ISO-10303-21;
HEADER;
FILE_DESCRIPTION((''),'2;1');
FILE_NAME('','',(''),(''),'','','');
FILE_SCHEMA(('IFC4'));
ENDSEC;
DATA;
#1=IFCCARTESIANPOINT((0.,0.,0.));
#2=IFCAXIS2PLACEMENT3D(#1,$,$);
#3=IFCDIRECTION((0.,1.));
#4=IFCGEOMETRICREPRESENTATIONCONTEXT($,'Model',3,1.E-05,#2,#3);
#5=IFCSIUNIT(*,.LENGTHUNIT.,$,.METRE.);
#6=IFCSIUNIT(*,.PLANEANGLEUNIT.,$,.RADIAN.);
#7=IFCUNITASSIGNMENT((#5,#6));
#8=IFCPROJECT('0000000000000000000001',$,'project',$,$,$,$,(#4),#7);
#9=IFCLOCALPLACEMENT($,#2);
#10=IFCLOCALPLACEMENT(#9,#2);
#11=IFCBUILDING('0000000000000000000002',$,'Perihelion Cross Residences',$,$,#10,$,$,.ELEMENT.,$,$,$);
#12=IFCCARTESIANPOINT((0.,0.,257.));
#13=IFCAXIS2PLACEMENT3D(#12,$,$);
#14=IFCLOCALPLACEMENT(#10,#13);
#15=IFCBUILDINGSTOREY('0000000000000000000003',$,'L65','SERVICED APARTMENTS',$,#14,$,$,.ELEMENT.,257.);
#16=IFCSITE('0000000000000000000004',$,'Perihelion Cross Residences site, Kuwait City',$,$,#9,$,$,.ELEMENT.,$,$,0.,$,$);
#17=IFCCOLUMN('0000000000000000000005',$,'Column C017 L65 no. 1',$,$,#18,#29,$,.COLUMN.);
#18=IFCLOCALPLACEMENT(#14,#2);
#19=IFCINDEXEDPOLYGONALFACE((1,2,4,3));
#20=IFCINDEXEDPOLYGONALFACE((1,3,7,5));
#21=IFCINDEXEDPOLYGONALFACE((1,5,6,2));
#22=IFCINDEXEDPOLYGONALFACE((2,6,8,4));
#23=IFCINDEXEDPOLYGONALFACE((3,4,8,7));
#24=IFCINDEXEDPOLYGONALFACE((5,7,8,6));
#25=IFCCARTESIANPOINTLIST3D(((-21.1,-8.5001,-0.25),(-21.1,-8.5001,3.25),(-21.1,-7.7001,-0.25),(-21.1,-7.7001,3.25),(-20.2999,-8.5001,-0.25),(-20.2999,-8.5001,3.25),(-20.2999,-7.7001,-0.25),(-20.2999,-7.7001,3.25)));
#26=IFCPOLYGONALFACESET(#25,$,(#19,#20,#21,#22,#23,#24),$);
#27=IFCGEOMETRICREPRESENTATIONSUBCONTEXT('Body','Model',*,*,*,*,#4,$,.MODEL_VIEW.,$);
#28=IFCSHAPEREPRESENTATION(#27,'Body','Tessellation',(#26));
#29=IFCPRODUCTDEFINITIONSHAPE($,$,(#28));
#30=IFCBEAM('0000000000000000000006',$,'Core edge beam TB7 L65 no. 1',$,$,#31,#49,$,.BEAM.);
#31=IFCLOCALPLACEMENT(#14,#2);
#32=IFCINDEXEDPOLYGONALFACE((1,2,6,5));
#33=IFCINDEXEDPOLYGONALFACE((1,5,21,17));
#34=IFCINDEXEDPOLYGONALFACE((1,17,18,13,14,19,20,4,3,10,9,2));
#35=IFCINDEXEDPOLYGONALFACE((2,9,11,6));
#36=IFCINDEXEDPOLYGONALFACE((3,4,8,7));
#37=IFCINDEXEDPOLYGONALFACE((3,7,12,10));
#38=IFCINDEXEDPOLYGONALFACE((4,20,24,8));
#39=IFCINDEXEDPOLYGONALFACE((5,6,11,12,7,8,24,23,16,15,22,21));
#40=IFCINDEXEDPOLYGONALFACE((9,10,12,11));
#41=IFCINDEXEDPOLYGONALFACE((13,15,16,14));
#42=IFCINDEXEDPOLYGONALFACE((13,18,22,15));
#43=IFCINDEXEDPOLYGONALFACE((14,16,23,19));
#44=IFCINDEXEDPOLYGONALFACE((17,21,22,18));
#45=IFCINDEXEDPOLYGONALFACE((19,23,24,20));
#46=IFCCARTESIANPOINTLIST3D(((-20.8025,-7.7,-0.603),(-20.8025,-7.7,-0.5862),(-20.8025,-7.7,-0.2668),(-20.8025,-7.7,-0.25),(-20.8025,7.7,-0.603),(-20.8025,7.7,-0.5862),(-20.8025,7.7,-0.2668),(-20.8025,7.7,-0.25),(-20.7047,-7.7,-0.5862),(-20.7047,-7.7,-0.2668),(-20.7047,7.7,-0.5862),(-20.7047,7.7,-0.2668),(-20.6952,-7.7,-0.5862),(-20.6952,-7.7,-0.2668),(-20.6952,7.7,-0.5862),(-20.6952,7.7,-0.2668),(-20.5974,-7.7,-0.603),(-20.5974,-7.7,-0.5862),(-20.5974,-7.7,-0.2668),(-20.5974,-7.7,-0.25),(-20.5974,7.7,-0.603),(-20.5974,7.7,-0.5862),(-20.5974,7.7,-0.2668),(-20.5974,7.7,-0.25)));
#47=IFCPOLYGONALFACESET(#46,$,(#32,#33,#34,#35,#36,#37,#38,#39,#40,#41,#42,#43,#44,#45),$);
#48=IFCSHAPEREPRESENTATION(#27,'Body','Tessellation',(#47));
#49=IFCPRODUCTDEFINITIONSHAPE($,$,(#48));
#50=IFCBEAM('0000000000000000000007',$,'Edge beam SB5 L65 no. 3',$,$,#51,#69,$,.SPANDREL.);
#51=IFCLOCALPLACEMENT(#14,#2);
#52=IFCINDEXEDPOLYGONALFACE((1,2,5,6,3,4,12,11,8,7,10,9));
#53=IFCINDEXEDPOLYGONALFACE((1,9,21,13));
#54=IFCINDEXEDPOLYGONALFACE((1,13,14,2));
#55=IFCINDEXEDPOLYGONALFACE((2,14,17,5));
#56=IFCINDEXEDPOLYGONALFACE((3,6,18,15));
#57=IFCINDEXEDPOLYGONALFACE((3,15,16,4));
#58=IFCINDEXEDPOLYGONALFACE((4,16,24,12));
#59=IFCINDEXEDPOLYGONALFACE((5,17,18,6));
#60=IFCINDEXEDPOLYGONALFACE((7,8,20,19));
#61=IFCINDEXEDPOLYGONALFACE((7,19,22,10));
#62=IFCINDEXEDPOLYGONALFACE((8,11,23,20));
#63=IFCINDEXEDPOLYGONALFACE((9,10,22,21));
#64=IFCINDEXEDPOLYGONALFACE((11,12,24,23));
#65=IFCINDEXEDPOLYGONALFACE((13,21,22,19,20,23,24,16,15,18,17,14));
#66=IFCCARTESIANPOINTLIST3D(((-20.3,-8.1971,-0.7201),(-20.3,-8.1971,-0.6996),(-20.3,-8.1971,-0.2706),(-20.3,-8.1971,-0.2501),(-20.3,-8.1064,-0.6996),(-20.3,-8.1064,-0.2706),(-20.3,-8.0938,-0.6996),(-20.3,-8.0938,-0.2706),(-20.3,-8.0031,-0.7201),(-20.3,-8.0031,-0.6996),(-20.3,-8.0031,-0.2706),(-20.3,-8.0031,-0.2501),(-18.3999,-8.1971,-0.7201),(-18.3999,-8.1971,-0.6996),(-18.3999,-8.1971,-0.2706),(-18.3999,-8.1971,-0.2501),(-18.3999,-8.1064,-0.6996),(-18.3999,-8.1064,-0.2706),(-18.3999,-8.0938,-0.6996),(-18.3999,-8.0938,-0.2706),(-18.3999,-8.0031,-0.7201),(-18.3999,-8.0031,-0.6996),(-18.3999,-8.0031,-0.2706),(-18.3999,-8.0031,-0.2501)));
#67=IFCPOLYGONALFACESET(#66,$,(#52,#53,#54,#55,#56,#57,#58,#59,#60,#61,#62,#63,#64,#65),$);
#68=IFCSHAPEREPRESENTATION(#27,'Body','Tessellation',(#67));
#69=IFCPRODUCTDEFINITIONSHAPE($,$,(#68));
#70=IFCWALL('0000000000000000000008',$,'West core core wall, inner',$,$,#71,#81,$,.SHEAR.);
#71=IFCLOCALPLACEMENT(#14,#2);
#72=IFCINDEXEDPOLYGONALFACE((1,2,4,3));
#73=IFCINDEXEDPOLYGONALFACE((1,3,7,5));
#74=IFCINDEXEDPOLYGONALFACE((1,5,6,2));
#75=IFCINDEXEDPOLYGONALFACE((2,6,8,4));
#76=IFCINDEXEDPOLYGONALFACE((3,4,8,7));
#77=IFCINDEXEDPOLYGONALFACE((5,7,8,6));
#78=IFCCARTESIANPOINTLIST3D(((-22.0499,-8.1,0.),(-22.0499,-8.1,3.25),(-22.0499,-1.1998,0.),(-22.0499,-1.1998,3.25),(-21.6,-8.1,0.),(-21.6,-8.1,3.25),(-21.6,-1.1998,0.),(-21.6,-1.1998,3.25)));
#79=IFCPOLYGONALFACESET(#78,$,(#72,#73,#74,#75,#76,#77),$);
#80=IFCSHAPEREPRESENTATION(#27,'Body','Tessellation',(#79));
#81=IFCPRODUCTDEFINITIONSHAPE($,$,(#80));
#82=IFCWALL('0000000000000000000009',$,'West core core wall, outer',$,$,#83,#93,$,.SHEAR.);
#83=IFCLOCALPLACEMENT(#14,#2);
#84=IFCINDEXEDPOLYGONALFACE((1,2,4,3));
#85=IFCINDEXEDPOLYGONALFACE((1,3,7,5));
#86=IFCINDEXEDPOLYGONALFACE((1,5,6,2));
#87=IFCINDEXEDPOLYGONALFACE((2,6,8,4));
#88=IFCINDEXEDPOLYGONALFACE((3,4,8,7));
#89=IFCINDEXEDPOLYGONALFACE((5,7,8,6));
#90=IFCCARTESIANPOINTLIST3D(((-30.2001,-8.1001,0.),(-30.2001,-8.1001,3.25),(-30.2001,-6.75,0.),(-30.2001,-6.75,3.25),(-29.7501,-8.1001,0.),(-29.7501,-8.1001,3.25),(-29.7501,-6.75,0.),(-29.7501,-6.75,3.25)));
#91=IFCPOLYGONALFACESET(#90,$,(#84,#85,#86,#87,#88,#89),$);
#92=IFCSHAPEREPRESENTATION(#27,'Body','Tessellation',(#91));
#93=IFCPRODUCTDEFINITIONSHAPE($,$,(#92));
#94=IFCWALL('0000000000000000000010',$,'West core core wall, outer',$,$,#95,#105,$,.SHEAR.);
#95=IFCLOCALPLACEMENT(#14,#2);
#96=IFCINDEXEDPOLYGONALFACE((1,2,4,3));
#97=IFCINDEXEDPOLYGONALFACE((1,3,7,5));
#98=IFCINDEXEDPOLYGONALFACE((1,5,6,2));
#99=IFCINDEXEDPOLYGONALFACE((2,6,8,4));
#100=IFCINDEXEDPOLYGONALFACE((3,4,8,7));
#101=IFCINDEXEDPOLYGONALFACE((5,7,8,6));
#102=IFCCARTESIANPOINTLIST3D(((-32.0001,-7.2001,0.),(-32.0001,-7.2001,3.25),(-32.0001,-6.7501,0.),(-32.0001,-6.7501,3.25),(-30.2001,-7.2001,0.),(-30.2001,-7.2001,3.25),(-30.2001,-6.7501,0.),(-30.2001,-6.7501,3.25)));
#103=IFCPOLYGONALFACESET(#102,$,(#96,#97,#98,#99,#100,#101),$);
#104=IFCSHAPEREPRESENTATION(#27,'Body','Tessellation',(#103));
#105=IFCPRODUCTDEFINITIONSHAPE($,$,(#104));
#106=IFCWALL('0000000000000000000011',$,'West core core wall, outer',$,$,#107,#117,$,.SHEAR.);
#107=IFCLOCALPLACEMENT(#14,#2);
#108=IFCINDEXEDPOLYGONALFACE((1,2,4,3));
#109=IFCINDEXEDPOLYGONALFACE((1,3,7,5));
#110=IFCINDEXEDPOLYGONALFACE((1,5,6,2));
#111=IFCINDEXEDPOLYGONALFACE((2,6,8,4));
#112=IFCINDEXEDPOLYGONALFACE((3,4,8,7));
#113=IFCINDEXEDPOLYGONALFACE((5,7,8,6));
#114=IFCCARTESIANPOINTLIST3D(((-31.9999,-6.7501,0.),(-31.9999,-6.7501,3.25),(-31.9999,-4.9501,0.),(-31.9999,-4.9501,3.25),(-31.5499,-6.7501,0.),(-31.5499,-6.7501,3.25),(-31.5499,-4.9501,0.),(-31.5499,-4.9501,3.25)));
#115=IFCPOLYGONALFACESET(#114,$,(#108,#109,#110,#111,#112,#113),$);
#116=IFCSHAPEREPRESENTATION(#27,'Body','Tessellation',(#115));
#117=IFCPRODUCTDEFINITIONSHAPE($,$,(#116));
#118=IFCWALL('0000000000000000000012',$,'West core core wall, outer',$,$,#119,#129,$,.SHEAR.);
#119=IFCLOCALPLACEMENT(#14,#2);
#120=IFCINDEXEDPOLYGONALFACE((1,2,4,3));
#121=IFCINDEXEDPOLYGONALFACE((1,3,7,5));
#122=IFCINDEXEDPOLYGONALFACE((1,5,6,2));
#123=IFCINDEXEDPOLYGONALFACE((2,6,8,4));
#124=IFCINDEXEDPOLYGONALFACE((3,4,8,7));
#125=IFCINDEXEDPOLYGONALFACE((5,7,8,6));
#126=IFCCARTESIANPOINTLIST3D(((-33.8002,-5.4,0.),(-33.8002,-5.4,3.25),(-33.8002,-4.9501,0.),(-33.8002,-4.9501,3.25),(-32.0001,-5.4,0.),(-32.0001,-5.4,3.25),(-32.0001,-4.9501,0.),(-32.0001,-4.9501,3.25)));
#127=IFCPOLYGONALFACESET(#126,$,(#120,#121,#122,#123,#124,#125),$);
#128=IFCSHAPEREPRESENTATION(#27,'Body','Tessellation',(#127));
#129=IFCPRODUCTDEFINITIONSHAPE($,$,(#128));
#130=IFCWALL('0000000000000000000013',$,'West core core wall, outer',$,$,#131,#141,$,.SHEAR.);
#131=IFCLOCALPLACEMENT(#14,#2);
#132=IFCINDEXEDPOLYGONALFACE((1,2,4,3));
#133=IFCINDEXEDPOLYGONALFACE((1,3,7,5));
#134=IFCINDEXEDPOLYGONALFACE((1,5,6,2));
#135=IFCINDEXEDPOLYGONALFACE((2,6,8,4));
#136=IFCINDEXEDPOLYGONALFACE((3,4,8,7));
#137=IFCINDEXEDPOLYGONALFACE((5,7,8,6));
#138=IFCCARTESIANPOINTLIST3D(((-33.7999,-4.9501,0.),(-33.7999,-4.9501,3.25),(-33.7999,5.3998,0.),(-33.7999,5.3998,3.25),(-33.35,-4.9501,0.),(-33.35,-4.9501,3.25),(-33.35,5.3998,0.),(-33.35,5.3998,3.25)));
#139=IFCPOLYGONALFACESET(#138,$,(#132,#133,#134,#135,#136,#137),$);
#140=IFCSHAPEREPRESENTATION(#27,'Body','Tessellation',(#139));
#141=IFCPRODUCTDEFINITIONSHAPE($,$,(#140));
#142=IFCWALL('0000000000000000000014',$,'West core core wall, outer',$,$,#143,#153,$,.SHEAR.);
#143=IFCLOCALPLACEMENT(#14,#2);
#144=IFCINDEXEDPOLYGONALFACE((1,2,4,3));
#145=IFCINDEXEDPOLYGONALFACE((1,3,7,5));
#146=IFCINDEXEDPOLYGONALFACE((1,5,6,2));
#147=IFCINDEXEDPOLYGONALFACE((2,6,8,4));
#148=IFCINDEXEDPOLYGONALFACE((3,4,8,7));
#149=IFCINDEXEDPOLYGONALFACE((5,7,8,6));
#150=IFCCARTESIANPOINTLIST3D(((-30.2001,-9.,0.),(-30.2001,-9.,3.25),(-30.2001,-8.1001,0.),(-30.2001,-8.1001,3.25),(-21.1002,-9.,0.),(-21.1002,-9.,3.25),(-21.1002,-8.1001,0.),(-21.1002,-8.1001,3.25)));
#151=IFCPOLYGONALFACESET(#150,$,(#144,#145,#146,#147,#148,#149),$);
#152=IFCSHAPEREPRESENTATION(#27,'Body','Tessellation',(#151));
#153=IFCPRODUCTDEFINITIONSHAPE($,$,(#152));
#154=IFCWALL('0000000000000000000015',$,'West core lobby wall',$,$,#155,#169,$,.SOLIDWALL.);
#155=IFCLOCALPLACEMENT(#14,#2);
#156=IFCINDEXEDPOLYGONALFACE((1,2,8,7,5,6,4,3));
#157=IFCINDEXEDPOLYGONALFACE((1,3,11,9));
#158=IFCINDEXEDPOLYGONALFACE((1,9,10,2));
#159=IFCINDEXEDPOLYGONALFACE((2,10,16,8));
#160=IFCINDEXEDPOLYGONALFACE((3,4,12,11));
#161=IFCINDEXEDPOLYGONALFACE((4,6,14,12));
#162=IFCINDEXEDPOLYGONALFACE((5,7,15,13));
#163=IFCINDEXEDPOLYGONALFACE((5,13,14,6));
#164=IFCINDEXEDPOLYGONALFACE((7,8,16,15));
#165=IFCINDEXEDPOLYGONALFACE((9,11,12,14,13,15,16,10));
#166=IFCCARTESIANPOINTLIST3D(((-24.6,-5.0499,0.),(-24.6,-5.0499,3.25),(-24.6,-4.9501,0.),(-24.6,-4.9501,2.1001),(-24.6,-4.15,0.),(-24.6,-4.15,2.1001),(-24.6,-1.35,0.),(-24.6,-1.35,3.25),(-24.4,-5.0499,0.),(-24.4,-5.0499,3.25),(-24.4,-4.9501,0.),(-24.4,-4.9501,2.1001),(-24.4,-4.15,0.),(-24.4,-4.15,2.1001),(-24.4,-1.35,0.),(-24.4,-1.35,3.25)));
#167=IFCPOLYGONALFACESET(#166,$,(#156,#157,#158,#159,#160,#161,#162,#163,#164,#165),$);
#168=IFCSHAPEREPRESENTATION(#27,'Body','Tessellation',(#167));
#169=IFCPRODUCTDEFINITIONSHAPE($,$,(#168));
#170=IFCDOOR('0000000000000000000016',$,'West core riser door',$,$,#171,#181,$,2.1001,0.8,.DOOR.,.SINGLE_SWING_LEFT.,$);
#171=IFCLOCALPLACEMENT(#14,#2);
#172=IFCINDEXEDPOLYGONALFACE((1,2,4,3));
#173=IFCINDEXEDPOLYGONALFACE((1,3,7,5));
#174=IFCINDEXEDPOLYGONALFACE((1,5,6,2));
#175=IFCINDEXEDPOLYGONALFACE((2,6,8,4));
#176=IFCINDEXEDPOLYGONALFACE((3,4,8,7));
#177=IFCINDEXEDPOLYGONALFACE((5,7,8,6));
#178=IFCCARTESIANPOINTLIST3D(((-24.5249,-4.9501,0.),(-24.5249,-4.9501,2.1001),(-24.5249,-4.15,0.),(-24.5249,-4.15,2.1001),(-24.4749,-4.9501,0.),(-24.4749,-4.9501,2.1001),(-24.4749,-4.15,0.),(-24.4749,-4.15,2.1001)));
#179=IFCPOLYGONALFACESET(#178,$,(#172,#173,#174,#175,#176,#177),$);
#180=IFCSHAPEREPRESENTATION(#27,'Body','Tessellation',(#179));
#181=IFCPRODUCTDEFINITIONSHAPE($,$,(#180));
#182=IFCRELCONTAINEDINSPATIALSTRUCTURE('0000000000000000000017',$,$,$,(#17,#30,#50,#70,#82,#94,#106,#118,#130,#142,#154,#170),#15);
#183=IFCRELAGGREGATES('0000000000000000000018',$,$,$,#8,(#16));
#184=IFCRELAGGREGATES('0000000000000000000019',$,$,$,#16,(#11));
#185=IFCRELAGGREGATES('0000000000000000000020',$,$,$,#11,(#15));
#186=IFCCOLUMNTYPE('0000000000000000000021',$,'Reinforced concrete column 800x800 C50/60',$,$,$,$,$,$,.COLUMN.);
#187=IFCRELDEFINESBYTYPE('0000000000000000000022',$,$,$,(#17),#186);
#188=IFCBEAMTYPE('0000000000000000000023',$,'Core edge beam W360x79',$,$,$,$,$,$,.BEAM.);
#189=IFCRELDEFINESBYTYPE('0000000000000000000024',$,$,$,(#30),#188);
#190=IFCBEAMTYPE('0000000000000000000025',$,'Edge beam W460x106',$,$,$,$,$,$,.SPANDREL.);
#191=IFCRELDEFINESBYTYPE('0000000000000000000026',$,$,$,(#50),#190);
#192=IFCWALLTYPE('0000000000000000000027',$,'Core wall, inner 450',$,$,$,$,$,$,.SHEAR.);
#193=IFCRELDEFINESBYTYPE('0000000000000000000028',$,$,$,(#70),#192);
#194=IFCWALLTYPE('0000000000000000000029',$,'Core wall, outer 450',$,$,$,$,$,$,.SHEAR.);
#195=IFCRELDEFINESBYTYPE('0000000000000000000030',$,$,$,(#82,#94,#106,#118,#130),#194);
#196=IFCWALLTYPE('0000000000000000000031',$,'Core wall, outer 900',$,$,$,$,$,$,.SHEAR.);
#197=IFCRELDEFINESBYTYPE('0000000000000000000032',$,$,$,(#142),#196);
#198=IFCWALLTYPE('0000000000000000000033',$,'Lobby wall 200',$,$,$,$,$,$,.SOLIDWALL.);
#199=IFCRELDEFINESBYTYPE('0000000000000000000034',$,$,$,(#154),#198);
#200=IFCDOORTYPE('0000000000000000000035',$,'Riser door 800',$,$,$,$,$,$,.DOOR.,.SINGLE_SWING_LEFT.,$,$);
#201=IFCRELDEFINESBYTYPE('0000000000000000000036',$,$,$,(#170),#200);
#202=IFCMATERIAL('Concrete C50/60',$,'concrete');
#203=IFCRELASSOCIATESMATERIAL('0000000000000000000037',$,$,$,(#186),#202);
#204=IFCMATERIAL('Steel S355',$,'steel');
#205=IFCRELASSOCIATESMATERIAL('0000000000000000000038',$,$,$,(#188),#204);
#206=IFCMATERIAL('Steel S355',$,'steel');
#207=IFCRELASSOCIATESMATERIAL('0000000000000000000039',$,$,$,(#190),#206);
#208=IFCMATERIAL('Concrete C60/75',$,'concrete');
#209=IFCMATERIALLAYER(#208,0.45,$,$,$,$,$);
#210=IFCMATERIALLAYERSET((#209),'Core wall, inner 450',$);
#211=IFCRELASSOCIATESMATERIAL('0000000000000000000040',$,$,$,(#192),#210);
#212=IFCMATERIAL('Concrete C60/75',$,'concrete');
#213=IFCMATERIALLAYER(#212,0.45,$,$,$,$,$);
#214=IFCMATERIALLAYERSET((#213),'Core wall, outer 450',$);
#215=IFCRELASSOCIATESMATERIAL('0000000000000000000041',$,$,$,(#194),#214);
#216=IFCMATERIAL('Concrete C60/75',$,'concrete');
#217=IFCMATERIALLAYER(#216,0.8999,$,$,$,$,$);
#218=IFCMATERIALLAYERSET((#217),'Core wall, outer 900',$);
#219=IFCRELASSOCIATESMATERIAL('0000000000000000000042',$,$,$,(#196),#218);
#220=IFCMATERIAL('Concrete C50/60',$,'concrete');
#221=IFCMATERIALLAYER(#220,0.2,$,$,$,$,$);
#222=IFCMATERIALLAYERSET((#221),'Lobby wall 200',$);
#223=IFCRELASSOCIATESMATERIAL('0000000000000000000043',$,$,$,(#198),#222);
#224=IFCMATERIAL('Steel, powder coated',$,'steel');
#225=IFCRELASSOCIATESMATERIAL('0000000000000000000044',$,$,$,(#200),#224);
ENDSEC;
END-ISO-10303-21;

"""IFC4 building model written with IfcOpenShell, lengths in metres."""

from ifc_helpers import new_model, si_unit, direction, frame, frame_2d, origin, origin_2d, place, context, subcontext, project, spatial, rectangle, i_section, extrude, material, layer, layer_set, material_profile, profile_set, type_object, element, fill, save


model = new_model("IFC4")

# Units and contexts
model_context = context("Model", 3, precision=1e-05, world=origin(), true_north=direction((0.0, 1.0)))
body_context = subcontext(model_context, "Body", "Model", "MODEL_VIEW")
ifc_project = project(units=[si_unit("LENGTHUNIT", "METRE"), si_unit("PLANEANGLEUNIT", "RADIAN")], contexts=[model_context])

# Site, building, storey
site_placement = place(None, origin())
site = spatial("IfcSite", under=ifc_project, at=site_placement, Name="Perihelion Cross Residences site, Kuwait City", CompositionType="ELEMENT", RefElevation=0.0)
building_placement = place(site_placement, origin())
building = spatial("IfcBuilding", under=site, at=building_placement, Name="Perihelion Cross Residences", CompositionType="ELEMENT")
storey_placement = place(building_placement, frame((0.0, 0.0, 257.0)))
storey = spatial("IfcBuildingStorey", under=building, at=storey_placement, Name="L65", Description="SERVICED APARTMENTS", CompositionType="ELEMENT", Elevation=257.0)

# Column
ifc_material_1 = material(Name="Concrete C50/60", Category="concrete")
ifc_material_profile_1 = material_profile(ifc_material_1, rectangle(XDim=0.8, YDim=0.8, at=origin_2d()), Name="RC 800x800")
ifc_profile_set_1 = profile_set([ifc_material_profile_1], Name="Concrete C50/60")
column_type = type_object("IfcColumnType", Name="Reinforced concrete column 800x800 C50/60", PredefinedType="COLUMN", material=ifc_profile_set_1)
column_placement = place(storey_placement, frame((-20.7, -8.1001, -0.25), z_axis=(0.0, 0.0, 1.0), x_axis=(1.0, 0.0, 0.0)))
element("IfcColumn", 1, at=column_placement, inside=storey, type_object=column_type, Name="Column C017 L65 no. 1", PredefinedType="COLUMN", context=body_context, shape_type="SweptSolid", body=[
    extrude(rectangle(XDim=0.8, YDim=0.8, at=origin_2d()), origin(), (0.0, 0.0, 1.0), 3.5),
])

# Beams
ifc_material_2 = material(Name="Steel S355", Category="steel")
ifc_material_profile_2 = material_profile(ifc_material_2, i_section(OverallWidth=0.2051, OverallDepth=0.353, WebThickness=0.0095, FlangeThickness=0.0168, at=origin_2d()), Name="W360x79")
ifc_profile_set_2 = profile_set([ifc_material_profile_2], Name="Steel S355")
beam_type_1 = type_object("IfcBeamType", Name="Core edge beam W360x79", PredefinedType="BEAM", material=ifc_profile_set_2)
beam_1_placement = place(storey_placement, frame((-20.7, -7.7, -0.4265), z_axis=(0.0, 1.0, 0.0), x_axis=(-1.0, 0.0, 0.0)))
element("IfcBeam", 2, at=beam_1_placement, inside=storey, type_object=beam_type_1, Name="Core edge beam TB7 L65 no. 1", PredefinedType="BEAM", context=body_context, shape_type="SweptSolid", body=[
    extrude(i_section(OverallWidth=0.2051, OverallDepth=0.353, WebThickness=0.0095, FlangeThickness=0.0168, at=origin_2d()), origin(), (0.0, 0.0, 1.0), 15.3999),
])
ifc_material_3 = material(Name="Steel S355", Category="steel")
ifc_material_profile_3 = material_profile(ifc_material_3, i_section(OverallWidth=0.1941, OverallDepth=0.47, WebThickness=0.0127, FlangeThickness=0.0205, at=origin_2d()), Name="W460x106")
ifc_profile_set_3 = profile_set([ifc_material_profile_3], Name="Steel S355")
beam_type_2 = type_object("IfcBeamType", Name="Edge beam W460x106", PredefinedType="SPANDREL", material=ifc_profile_set_3)
beam_2_placement = place(storey_placement, frame((-20.3, -8.1001, -0.4851), z_axis=(1.0, 0.0, 0.0), x_axis=(0.0, 1.0, 0.0)))
element("IfcBeam", 3, at=beam_2_placement, inside=storey, type_object=beam_type_2, Name="Edge beam SB5 L65 no. 3", PredefinedType="SPANDREL", context=body_context, shape_type="SweptSolid", body=[
    extrude(i_section(OverallWidth=0.1941, OverallDepth=0.47, WebThickness=0.0127, FlangeThickness=0.0205, at=origin_2d()), origin(), (0.0, 0.0, 1.0), 1.9001),
])

# Walls
ifc_material_4 = material(Name="Concrete C60/75", Category="concrete")
ifc_layer_1 = layer(ifc_material_4, 0.45)
ifc_layer_set_1 = layer_set([ifc_layer_1], Name="Core wall, inner 450")
wall_type_1 = type_object("IfcWallType", Name="Core wall, inner 450", PredefinedType="SHEAR", material=ifc_layer_set_1)
wall_1_placement = place(storey_placement, frame((-21.825, -8.1001, 0.0), z_axis=(0.0, 0.0, 1.0), x_axis=(0.0, 1.0, 0.0)))
element("IfcWall", 4, at=wall_1_placement, inside=storey, type_object=wall_type_1, Name="West core core wall, inner", PredefinedType="SHEAR", context=body_context, shape_type="SweptSolid", body=[
    extrude(rectangle(XDim=6.9001, YDim=0.45, at=frame_2d((3.4502, 0.0))), origin(), (0.0, 0.0, 1.0), 3.25),
])
ifc_material_5 = material(Name="Concrete C60/75", Category="concrete")
ifc_layer_2 = layer(ifc_material_5, 0.45)
ifc_layer_set_2 = layer_set([ifc_layer_2], Name="Core wall, outer 450")
wall_type_2 = type_object("IfcWallType", Name="Core wall, outer 450", PredefinedType="SHEAR", material=ifc_layer_set_2)
wall_2_placement = place(storey_placement, frame((-29.9751, -8.1001, 0.0), z_axis=(0.0, 0.0, 1.0), x_axis=(0.0, 1.0, 0.0)))
element("IfcWall", 5, at=wall_2_placement, inside=storey, type_object=wall_type_2, Name="West core core wall, outer", PredefinedType="SHEAR", context=body_context, shape_type="SweptSolid", body=[
    extrude(rectangle(XDim=1.3501, YDim=0.45, at=frame_2d((0.675, 0.0))), origin(), (0.0, 0.0, 1.0), 3.25),
])
for number, where, z_axis, x_axis, name in (
    (6, (-32.0, -6.9751, 0.0), (0.0, 0.0, 1.0), (1.0, 0.0, 0.0), "West core core wall, outer"),
    (7, (-31.7749, -6.75, 0.0), (0.0, 0.0, 1.0), (0.0, 1.0, 0.0), "West core core wall, outer"),
    (8, (-33.8, -5.175, 0.0), (0.0, 0.0, 1.0), (1.0, 0.0, 0.0), "West core core wall, outer"),
):
    element("IfcWall", number, at=place(storey_placement, frame(where, z_axis=z_axis, x_axis=x_axis)), inside=storey, type_object=wall_type_2, Name=name, PredefinedType="SHEAR", context=body_context, shape_type="SweptSolid", body=[
        extrude(rectangle(XDim=1.8, YDim=0.45, at=frame_2d((0.8999, 0.0))), origin(), (0.0, 0.0, 1.0), 3.25),
    ])
wall_3_placement = place(storey_placement, frame((-33.575, -4.95, 0.0), z_axis=(0.0, 0.0, 1.0), x_axis=(0.0, 1.0, 0.0)))
element("IfcWall", 9, at=wall_3_placement, inside=storey, type_object=wall_type_2, Name="West core core wall, outer", PredefinedType="SHEAR", context=body_context, shape_type="SweptSolid", body=[
    extrude(rectangle(XDim=10.3499, YDim=0.45, at=frame_2d((5.1748, 0.0))), origin(), (0.0, 0.0, 1.0), 3.25),
])
ifc_material_6 = material(Name="Concrete C60/75", Category="concrete")
ifc_layer_3 = layer(ifc_material_6, 0.8999)
ifc_layer_set_3 = layer_set([ifc_layer_3], Name="Core wall, outer 900")
wall_type_3 = type_object("IfcWallType", Name="Core wall, outer 900", PredefinedType="SHEAR", material=ifc_layer_set_3)
wall_4_placement = place(storey_placement, frame((-30.2, -8.55, 0.0), z_axis=(0.0, 0.0, 1.0), x_axis=(1.0, 0.0, 0.0)))
element("IfcWall", 10, at=wall_4_placement, inside=storey, type_object=wall_type_3, Name="West core core wall, outer", PredefinedType="SHEAR", context=body_context, shape_type="SweptSolid", body=[
    extrude(rectangle(XDim=9.0999, YDim=0.8999, at=frame_2d((4.5498, 0.0))), origin(), (0.0, 0.0, 1.0), 3.25),
])

# Wall, opening, door
ifc_material_7 = material(Name="Concrete C50/60", Category="concrete")
ifc_layer_4 = layer(ifc_material_7, 0.2)
ifc_layer_set_4 = layer_set([ifc_layer_4], Name="Lobby wall 200")
wall_type_4 = type_object("IfcWallType", Name="Lobby wall 200", PredefinedType="SOLIDWALL", material=ifc_layer_set_4)
wall_5_placement = place(storey_placement, frame((-24.5, -5.05, 0.0), z_axis=(0.0, 0.0, 1.0), x_axis=(0.0, 1.0, 0.0)))
wall_5 = element("IfcWall", 11, at=wall_5_placement, inside=storey, type_object=wall_type_4, Name="West core lobby wall", PredefinedType="SOLIDWALL", context=body_context, shape_type="SweptSolid", body=[
    extrude(rectangle(XDim=3.7, YDim=0.2, at=frame_2d((1.8501, 0.0))), origin(), (0.0, 0.0, 1.0), 3.25),
])
opening_1_placement = place(wall_5_placement, frame((0.1001, 0.0, 0.0)))
opening_1 = element("IfcOpeningElement", 12, at=opening_1_placement, cuts=wall_5, PredefinedType="OPENING", context=body_context, shape_type="SweptSolid", body=[
    extrude(rectangle(XDim=0.8, YDim=2.1001, at=frame_2d((0.3999, 1.05))), frame((0.0, 0.1099, 0.0), z_axis=(0.0, -1.0, 0.0), x_axis=(1.0, 0.0, 0.0)), (0.0, 0.0, 1.0), 0.22),
])
ifc_material_8 = material(Name="Steel, powder coated", Category="steel")
door_type_1 = type_object("IfcDoorType", Name="Riser door 800", OperationType="SINGLE_SWING_LEFT", PredefinedType="DOOR", material=ifc_material_8)
door_1_placement = place(opening_1_placement, origin())
door_1 = element("IfcDoor", 13, at=door_1_placement, inside=storey, type_object=door_type_1, Name="West core riser door", OperationType="SINGLE_SWING_LEFT", OverallHeight=2.1001, OverallWidth=0.8, PredefinedType="DOOR", context=body_context, shape_type="SweptSolid", body=[
    extrude(rectangle(XDim=0.8, YDim=2.1001, at=frame_2d((0.3999, 1.05))), frame((0.0, 0.0249, 0.0), z_axis=(0.0, -1.0, 0.0), x_axis=(1.0, 0.0, 0.0)), (0.0, 0.0, 1.0), 0.05),
])
fill(opening_1, door_1)

save(model, "model.ifc")
